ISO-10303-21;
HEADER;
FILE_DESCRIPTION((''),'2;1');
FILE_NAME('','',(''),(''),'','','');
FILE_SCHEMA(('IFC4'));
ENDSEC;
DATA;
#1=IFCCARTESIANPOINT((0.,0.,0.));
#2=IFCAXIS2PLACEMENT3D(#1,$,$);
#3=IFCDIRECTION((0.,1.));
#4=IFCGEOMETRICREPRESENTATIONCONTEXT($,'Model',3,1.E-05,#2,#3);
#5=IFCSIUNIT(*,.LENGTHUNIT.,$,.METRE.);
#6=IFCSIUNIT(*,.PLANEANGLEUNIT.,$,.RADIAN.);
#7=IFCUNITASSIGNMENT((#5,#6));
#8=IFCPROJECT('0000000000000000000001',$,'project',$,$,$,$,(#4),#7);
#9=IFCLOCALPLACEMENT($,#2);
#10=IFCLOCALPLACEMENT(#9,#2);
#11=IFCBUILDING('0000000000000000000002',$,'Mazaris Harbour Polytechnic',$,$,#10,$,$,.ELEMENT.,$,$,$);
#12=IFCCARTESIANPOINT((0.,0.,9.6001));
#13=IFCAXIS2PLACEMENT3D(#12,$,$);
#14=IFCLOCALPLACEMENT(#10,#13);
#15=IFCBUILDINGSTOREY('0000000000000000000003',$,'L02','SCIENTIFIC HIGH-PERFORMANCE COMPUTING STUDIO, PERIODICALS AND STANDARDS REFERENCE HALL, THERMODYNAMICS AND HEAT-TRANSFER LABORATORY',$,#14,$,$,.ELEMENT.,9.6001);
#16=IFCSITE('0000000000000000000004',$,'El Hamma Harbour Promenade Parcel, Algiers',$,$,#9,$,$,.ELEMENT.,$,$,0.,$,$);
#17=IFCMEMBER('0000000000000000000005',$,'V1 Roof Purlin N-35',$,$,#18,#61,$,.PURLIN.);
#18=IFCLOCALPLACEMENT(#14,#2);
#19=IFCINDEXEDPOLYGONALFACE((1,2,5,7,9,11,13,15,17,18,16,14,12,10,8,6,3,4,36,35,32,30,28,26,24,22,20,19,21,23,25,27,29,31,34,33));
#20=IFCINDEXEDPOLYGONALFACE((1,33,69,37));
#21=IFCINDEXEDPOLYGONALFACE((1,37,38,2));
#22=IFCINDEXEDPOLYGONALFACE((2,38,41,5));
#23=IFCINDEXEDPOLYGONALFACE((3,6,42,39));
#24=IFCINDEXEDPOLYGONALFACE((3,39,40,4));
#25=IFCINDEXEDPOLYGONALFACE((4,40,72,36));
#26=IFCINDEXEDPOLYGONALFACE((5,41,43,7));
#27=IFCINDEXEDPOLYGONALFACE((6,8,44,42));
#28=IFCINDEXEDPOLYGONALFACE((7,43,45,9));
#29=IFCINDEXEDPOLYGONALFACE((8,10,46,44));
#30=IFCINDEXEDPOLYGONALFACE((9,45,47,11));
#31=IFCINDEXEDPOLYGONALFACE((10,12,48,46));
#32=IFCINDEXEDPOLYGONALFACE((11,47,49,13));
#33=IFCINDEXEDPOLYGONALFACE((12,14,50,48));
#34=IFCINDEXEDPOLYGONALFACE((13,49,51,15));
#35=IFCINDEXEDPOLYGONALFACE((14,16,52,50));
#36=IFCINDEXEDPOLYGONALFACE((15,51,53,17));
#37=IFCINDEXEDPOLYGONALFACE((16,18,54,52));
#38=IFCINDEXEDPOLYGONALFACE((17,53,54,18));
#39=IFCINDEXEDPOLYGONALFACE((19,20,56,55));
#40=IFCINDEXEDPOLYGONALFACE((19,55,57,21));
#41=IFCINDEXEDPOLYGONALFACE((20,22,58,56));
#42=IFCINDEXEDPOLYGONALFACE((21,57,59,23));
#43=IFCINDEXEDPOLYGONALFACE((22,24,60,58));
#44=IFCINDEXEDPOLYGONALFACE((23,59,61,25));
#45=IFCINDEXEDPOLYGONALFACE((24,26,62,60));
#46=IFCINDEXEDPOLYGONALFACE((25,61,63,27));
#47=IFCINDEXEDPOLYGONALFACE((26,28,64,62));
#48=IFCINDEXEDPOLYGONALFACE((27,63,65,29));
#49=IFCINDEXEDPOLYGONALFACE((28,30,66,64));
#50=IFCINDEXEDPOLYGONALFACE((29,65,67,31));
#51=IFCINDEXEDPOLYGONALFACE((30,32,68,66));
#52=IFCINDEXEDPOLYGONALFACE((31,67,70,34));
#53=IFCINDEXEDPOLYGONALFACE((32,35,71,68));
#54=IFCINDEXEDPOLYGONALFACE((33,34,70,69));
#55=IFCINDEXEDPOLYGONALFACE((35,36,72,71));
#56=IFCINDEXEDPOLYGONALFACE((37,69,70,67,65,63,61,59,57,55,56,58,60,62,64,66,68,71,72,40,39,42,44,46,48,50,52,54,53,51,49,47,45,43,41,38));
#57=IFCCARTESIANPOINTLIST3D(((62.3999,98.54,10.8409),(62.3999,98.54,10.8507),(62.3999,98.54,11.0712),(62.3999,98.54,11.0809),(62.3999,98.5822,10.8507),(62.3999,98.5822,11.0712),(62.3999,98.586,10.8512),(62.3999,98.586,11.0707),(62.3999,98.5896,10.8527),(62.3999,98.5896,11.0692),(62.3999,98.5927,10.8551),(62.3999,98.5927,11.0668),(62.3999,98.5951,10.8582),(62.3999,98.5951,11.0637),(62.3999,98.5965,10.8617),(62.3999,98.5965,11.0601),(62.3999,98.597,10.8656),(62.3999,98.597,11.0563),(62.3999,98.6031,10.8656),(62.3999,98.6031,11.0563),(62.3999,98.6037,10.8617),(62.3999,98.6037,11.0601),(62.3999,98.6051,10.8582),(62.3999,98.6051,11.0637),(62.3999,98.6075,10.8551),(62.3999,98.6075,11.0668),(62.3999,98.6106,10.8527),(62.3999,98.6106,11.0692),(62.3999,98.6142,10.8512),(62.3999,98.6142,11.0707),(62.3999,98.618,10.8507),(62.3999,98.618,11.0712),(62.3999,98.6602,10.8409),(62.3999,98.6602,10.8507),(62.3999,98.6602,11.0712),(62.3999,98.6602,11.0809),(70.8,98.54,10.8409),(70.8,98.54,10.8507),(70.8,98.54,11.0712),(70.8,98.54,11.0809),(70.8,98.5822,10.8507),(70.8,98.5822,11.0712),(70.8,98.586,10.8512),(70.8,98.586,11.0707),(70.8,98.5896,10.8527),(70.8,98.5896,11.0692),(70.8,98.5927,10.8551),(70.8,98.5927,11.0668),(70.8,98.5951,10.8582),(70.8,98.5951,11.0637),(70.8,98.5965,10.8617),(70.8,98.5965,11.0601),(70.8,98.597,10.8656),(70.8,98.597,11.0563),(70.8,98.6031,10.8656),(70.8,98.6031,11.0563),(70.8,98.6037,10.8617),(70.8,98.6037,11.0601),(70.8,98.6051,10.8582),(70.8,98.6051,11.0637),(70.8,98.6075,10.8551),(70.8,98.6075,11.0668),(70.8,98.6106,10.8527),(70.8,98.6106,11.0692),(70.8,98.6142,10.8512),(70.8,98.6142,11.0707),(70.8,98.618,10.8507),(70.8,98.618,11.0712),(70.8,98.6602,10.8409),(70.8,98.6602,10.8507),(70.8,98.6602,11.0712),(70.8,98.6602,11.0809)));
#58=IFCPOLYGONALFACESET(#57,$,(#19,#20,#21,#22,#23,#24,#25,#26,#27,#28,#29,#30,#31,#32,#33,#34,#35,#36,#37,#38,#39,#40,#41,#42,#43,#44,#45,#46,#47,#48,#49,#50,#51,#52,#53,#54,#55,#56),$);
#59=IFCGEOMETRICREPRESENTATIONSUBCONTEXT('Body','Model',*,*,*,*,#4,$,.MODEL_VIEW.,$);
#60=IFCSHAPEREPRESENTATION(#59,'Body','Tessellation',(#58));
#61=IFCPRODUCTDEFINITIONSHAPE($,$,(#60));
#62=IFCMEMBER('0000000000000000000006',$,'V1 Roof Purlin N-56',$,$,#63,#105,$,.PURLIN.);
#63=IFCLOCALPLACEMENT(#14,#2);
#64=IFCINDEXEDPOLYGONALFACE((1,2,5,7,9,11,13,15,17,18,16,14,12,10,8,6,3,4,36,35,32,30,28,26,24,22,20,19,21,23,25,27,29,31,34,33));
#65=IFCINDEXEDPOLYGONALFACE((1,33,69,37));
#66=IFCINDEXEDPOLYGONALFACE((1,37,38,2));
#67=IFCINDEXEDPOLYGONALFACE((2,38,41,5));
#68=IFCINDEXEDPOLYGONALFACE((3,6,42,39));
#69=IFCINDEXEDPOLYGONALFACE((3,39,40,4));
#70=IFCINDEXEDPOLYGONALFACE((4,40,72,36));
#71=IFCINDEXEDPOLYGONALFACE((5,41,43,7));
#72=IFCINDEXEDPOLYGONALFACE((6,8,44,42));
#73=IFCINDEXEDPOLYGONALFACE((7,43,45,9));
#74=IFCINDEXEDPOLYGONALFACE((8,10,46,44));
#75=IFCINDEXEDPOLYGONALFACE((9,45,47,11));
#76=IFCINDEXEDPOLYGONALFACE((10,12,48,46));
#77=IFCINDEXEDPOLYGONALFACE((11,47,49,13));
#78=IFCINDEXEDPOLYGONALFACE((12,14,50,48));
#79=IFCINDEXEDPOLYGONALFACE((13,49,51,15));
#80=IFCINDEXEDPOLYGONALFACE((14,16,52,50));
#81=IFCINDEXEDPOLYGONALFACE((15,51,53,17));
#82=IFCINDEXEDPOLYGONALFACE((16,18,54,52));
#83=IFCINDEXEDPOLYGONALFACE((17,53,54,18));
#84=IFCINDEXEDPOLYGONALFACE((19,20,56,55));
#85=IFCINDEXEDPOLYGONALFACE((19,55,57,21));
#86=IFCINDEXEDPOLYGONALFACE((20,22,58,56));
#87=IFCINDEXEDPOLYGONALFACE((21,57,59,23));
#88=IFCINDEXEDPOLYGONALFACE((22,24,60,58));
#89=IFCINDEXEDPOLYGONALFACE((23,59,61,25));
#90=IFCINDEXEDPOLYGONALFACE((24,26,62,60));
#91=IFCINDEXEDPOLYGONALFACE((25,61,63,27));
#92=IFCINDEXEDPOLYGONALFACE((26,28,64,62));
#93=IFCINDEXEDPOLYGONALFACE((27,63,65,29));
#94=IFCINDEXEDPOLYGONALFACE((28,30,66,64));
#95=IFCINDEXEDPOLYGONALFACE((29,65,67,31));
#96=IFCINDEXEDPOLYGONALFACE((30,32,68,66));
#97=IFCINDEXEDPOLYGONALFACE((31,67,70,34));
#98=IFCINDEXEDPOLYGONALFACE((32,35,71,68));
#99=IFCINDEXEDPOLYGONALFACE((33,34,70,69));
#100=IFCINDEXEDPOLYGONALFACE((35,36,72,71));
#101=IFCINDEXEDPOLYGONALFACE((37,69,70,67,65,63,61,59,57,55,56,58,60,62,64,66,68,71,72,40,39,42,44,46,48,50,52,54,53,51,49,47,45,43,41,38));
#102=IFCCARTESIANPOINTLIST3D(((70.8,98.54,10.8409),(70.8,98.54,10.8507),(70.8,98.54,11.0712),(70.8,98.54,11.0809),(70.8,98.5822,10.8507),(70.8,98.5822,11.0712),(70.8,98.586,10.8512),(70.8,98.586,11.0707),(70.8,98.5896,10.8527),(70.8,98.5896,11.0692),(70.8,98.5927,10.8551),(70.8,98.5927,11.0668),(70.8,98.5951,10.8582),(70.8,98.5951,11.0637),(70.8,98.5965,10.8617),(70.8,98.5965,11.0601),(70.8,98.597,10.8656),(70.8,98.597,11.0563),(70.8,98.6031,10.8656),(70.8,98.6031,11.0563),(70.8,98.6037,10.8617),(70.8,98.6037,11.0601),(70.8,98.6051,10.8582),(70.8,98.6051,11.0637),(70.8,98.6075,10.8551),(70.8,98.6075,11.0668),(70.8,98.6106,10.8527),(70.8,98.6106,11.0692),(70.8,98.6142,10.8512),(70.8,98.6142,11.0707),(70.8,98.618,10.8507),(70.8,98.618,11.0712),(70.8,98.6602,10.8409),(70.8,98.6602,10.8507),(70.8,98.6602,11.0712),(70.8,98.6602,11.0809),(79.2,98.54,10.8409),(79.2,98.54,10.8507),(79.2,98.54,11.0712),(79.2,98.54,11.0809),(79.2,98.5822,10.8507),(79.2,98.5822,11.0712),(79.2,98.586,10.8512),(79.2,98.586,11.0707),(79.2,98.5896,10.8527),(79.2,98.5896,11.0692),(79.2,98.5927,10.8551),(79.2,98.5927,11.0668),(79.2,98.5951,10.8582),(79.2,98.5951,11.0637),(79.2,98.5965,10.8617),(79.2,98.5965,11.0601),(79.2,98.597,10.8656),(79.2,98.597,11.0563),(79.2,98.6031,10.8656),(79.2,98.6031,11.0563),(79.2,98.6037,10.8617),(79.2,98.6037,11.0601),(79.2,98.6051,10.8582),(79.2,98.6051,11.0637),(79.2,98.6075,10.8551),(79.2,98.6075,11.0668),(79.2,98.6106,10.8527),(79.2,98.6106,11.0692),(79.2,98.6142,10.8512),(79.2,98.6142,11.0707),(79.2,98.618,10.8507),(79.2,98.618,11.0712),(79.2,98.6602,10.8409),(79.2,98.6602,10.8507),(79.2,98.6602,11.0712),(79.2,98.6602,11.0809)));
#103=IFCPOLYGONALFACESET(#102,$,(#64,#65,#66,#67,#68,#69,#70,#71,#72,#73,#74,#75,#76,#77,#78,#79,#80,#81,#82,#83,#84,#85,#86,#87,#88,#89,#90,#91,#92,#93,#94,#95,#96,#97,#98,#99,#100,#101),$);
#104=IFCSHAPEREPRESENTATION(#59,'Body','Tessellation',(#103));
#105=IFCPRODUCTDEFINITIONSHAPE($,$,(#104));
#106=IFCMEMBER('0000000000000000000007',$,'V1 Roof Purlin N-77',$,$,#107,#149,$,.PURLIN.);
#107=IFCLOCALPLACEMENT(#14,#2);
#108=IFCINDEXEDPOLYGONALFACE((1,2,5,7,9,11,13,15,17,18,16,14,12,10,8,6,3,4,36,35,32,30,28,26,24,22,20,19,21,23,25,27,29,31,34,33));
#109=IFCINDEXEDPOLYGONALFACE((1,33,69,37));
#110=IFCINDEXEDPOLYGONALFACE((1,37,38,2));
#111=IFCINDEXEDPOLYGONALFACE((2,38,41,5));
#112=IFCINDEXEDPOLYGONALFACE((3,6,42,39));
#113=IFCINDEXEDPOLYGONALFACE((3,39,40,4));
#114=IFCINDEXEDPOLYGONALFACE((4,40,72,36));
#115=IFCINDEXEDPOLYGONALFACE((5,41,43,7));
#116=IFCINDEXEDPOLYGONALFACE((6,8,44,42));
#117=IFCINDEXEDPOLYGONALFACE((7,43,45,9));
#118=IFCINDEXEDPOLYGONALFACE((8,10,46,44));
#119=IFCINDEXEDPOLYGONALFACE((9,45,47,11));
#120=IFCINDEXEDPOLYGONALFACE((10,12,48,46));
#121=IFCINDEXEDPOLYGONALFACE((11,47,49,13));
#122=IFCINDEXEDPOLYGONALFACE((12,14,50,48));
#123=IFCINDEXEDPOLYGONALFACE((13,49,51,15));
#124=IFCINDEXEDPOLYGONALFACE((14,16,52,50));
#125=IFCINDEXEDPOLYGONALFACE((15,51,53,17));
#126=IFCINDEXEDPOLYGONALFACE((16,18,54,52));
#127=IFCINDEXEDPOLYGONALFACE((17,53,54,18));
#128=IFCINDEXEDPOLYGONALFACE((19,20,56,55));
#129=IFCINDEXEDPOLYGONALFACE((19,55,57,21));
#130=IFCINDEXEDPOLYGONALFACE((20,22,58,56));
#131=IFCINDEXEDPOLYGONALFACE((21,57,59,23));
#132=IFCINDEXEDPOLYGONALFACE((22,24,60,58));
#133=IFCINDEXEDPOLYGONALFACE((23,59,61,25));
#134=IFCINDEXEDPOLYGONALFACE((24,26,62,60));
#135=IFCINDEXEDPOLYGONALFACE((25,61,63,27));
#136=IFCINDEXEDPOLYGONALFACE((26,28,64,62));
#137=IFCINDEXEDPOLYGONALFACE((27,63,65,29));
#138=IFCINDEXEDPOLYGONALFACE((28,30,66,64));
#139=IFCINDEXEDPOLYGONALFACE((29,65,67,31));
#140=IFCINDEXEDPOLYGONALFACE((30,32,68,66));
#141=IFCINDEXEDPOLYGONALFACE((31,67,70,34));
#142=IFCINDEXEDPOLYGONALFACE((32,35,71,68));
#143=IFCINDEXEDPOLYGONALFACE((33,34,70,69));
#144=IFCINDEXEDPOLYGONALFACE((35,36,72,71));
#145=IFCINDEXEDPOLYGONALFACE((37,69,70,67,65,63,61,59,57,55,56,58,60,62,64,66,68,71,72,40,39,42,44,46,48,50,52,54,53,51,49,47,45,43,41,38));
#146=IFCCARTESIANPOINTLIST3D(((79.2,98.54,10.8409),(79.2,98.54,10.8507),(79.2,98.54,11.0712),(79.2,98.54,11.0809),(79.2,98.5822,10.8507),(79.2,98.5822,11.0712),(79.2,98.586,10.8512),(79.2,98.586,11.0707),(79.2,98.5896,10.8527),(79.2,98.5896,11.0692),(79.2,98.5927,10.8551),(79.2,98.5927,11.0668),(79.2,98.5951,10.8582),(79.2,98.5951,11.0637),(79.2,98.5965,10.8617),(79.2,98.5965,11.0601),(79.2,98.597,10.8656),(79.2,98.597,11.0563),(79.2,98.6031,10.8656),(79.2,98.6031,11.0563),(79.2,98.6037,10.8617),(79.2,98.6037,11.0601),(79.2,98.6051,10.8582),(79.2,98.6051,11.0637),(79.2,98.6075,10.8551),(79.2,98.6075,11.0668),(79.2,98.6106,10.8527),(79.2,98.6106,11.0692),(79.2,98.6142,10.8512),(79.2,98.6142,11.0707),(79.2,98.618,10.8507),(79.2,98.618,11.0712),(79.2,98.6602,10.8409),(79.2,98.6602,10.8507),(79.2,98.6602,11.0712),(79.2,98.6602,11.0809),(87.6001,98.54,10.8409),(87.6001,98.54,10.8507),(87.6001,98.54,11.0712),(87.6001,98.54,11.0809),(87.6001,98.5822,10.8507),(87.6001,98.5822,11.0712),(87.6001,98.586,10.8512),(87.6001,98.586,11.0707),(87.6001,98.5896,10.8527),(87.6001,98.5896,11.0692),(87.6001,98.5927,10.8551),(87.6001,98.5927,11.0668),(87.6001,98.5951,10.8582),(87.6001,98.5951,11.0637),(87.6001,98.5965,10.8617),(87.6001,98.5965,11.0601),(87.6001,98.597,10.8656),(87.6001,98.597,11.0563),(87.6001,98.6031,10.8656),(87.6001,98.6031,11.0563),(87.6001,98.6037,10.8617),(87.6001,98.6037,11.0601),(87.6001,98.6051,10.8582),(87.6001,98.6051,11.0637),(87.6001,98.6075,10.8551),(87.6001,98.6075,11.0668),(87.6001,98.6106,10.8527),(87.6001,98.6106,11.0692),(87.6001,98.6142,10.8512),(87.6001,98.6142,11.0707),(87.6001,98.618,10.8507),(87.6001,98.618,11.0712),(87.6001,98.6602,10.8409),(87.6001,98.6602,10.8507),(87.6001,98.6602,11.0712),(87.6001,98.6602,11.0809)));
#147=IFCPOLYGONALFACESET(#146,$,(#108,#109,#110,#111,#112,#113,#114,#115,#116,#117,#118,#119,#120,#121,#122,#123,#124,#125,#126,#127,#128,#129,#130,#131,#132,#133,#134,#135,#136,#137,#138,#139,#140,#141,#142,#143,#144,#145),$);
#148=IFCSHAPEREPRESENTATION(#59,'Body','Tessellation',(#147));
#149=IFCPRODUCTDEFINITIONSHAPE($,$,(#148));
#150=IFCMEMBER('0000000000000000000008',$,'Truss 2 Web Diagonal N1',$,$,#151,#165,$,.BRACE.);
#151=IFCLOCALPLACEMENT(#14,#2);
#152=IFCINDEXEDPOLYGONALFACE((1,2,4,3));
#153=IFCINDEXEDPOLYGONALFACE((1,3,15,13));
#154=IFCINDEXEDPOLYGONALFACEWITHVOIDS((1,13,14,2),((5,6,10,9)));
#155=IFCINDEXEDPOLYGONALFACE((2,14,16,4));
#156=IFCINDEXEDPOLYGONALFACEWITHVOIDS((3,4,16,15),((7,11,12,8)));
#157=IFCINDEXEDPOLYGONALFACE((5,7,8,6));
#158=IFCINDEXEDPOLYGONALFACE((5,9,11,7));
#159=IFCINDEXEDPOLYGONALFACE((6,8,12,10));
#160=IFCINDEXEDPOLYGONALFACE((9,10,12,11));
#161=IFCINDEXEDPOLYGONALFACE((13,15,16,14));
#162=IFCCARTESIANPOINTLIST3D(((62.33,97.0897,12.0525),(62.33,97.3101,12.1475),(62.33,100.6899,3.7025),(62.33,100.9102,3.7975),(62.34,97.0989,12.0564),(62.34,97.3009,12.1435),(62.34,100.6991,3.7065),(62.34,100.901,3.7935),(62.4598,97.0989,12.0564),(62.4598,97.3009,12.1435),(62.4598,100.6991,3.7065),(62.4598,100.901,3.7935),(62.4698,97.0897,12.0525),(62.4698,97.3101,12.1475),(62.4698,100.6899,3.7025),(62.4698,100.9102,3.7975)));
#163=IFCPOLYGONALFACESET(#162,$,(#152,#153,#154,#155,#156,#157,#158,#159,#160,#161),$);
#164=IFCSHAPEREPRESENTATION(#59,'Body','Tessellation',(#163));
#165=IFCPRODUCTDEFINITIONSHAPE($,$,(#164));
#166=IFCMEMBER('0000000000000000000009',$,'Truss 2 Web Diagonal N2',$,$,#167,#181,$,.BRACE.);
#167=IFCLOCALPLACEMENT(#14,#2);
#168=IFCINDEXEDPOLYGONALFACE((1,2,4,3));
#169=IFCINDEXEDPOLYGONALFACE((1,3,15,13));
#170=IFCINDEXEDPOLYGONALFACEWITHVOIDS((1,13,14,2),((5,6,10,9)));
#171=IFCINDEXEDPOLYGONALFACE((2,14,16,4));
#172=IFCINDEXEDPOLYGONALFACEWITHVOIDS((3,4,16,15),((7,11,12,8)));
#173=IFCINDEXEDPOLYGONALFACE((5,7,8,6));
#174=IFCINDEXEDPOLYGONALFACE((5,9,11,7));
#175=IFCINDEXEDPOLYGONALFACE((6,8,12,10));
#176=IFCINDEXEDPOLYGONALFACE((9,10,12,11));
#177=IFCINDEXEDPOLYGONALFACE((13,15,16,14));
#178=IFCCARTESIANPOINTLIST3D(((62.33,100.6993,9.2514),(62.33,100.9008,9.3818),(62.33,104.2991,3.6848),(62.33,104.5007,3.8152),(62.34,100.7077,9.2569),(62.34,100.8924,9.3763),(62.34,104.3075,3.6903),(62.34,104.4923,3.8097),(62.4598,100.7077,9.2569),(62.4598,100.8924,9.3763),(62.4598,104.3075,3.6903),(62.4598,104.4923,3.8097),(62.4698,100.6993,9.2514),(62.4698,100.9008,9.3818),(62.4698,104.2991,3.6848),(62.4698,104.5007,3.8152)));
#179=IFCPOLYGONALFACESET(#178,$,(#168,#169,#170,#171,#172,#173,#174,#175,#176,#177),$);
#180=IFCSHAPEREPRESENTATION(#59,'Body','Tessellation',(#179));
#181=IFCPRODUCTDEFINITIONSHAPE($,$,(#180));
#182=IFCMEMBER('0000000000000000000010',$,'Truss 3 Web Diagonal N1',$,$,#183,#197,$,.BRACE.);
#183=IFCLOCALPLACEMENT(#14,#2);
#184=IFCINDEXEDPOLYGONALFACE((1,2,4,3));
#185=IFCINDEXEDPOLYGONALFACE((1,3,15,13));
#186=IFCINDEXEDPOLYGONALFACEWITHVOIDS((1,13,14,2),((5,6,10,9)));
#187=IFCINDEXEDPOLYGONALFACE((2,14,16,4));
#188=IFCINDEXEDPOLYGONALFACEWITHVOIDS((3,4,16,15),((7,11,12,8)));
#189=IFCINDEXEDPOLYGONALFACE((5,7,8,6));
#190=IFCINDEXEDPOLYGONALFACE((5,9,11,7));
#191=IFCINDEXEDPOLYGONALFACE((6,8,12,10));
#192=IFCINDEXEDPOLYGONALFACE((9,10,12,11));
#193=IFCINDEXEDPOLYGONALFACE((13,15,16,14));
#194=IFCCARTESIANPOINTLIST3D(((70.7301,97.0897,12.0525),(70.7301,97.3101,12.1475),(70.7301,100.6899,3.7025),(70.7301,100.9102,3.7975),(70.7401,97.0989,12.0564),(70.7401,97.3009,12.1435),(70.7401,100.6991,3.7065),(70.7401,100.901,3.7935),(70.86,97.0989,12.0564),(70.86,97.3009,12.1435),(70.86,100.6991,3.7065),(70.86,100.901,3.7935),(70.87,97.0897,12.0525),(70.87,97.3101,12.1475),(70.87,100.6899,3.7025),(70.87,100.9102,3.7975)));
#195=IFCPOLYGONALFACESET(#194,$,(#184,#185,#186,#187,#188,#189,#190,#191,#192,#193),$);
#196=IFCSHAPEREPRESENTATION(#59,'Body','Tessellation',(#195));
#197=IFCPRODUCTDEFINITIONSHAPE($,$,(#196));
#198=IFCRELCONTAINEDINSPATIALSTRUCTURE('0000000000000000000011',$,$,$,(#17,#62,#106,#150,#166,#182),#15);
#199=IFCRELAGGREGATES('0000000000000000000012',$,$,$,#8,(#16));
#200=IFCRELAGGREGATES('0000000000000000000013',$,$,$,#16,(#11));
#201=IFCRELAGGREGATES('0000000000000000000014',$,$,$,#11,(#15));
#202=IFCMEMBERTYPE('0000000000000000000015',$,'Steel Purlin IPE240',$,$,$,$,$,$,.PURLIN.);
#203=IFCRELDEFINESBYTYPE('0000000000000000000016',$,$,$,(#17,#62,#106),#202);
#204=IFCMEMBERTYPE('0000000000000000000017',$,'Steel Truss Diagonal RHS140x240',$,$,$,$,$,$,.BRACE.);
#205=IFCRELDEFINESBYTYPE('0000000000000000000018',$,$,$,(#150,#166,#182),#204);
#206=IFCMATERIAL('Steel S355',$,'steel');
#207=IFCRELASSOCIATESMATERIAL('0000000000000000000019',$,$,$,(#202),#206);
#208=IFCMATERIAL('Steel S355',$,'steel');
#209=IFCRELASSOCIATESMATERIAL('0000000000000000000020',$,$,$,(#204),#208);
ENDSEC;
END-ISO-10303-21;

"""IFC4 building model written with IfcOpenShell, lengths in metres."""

from ifc_helpers import new_model, si_unit, direction, frame, origin, origin_2d, place, context, subcontext, project, spatial, hollow_rectangle, i_section, extrude, material, material_profile, profile_set, type_object, element, save


model = new_model("IFC4")

# Units and contexts
model_context = context("Model", 3, precision=1e-05, world=origin(), true_north=direction((0.0, 1.0)))
body_context = subcontext(model_context, "Body", "Model", "MODEL_VIEW")
ifc_project = project(units=[si_unit("LENGTHUNIT", "METRE"), si_unit("PLANEANGLEUNIT", "RADIAN")], contexts=[model_context])

# Site, building, storey
site_placement = place(None, origin())
site = spatial("IfcSite", under=ifc_project, at=site_placement, Name="El Hamma Harbour Promenade Parcel, Algiers", CompositionType="ELEMENT", RefElevation=0.0)
building_placement = place(site_placement, origin())
building = spatial("IfcBuilding", under=site, at=building_placement, Name="Mazaris Harbour Polytechnic", CompositionType="ELEMENT")
storey_placement = place(building_placement, frame((0.0, 0.0, 9.6001)))
storey = spatial("IfcBuildingStorey", under=building, at=storey_placement, Name="L02", Description="SCIENTIFIC HIGH-PERFORMANCE COMPUTING STUDIO, PERIODICALS AND STANDARDS REFERENCE HALL, THERMODYNAMICS AND HEAT-TRANSFER LABORATORY", CompositionType="ELEMENT", Elevation=9.6001)

# Members
ifc_material_1 = material(Name="Steel S355", Category="steel")
ifc_material_profile_1 = material_profile(ifc_material_1, i_section(OverallWidth=0.1201, OverallDepth=0.24, WebThickness=0.0061, FlangeThickness=0.0098, FilletRadius=0.0149, at=origin_2d()), Name="IPE 240")
ifc_profile_set_1 = profile_set([ifc_material_profile_1], Name="Steel S355")
member_type_1 = type_object("IfcMemberType", Name="Steel Purlin IPE240", PredefinedType="PURLIN", material=ifc_profile_set_1)
member_1_placement = place(storey_placement, frame((62.3999, 98.6001, 10.9609), z_axis=(1.0, 0.0, 0.0), x_axis=(0.0, 1.0, 0.0)))
element("IfcMember", 1, at=member_1_placement, inside=storey, type_object=member_type_1, Name="V1 Roof Purlin N-35", PredefinedType="PURLIN", context=body_context, shape_type="SweptSolid", body=[
    extrude(i_section(OverallWidth=0.1201, OverallDepth=0.24, WebThickness=0.0061, FlangeThickness=0.0098, FilletRadius=0.0149, at=origin_2d()), origin(), (0.0, 0.0, 1.0), 8.4001),
])
member_2_placement = place(storey_placement, frame((70.8, 98.6001, 10.9609), z_axis=(1.0, 0.0, 0.0), x_axis=(0.0, 1.0, 0.0)))
element("IfcMember", 2, at=member_2_placement, inside=storey, type_object=member_type_1, Name="V1 Roof Purlin N-56", PredefinedType="PURLIN", context=body_context, shape_type="SweptSolid", body=[
    extrude(i_section(OverallWidth=0.1201, OverallDepth=0.24, WebThickness=0.0061, FlangeThickness=0.0098, FilletRadius=0.0149, at=origin_2d()), origin(), (0.0, 0.0, 1.0), 8.3999),
])
member_3_placement = place(storey_placement, frame((79.2, 98.6001, 10.9609), z_axis=(1.0, 0.0, 0.0), x_axis=(0.0, 1.0, 0.0)))
element("IfcMember", 3, at=member_3_placement, inside=storey, type_object=member_type_1, Name="V1 Roof Purlin N-77", PredefinedType="PURLIN", context=body_context, shape_type="SweptSolid", body=[
    extrude(i_section(OverallWidth=0.1201, OverallDepth=0.24, WebThickness=0.0061, FlangeThickness=0.0098, FilletRadius=0.0149, at=origin_2d()), origin(), (0.0, 0.0, 1.0), 8.4001),
])
ifc_material_2 = material(Name="Steel S355", Category="steel")
ifc_material_profile_2 = material_profile(ifc_material_2, hollow_rectangle(XDim=0.1399, YDim=0.24, WallThickness=0.01, at=origin_2d()), Name="RHS 140x240x10.0")
ifc_profile_set_2 = profile_set([ifc_material_profile_2], Name="Steel S355")
member_type_2 = type_object("IfcMemberType", Name="Steel Truss Diagonal RHS140x240", PredefinedType="BRACE", material=ifc_profile_set_2)
member_4_placement = place(storey_placement, frame((62.3999, 100.8, 3.75), z_axis=(0.0, -0.395924, 0.918283), x_axis=(1.0, 0.0, 0.0)))
element("IfcMember", 4, at=member_4_placement, inside=storey, type_object=member_type_2, Name="Truss 2 Web Diagonal N1", PredefinedType="BRACE", context=body_context, shape_type="SweptSolid", body=[
    extrude(hollow_rectangle(XDim=0.1399, YDim=0.24, WallThickness=0.01, at=origin_2d()), origin(), (0.0, 0.0, 1.0), 9.093),
])
member_5_placement = place(storey_placement, frame((62.3999, 104.3999, 3.75), z_axis=(0.0, -0.543028, 0.839714), x_axis=(1.0, 0.0, 0.0)))
element("IfcMember", 5, at=member_5_placement, inside=storey, type_object=member_type_2, Name="Truss 2 Web Diagonal N2", PredefinedType="BRACE", context=body_context, shape_type="SweptSolid", body=[
    extrude(hollow_rectangle(XDim=0.1399, YDim=0.24, WallThickness=0.01, at=origin_2d()), origin(), (0.0, 0.0, 1.0), 6.6292),
])
for number, where, z_axis, x_axis, name in (
    (6, (70.8, 100.8, 3.75), (0.0, -0.395924, 0.918283), (1.0, 0.0, 0.0), "Truss 3 Web Diagonal N1"),
):
    element("IfcMember", number, at=place(storey_placement, frame(where, z_axis=z_axis, x_axis=x_axis)), inside=storey, type_object=member_type_2, Name=name, PredefinedType="BRACE", context=body_context, shape_type="SweptSolid", body=[
        extrude(hollow_rectangle(XDim=0.1399, YDim=0.24, WallThickness=0.01, at=origin_2d()), origin(), (0.0, 0.0, 1.0), 9.093),
    ])

save(model, "model.ifc")
